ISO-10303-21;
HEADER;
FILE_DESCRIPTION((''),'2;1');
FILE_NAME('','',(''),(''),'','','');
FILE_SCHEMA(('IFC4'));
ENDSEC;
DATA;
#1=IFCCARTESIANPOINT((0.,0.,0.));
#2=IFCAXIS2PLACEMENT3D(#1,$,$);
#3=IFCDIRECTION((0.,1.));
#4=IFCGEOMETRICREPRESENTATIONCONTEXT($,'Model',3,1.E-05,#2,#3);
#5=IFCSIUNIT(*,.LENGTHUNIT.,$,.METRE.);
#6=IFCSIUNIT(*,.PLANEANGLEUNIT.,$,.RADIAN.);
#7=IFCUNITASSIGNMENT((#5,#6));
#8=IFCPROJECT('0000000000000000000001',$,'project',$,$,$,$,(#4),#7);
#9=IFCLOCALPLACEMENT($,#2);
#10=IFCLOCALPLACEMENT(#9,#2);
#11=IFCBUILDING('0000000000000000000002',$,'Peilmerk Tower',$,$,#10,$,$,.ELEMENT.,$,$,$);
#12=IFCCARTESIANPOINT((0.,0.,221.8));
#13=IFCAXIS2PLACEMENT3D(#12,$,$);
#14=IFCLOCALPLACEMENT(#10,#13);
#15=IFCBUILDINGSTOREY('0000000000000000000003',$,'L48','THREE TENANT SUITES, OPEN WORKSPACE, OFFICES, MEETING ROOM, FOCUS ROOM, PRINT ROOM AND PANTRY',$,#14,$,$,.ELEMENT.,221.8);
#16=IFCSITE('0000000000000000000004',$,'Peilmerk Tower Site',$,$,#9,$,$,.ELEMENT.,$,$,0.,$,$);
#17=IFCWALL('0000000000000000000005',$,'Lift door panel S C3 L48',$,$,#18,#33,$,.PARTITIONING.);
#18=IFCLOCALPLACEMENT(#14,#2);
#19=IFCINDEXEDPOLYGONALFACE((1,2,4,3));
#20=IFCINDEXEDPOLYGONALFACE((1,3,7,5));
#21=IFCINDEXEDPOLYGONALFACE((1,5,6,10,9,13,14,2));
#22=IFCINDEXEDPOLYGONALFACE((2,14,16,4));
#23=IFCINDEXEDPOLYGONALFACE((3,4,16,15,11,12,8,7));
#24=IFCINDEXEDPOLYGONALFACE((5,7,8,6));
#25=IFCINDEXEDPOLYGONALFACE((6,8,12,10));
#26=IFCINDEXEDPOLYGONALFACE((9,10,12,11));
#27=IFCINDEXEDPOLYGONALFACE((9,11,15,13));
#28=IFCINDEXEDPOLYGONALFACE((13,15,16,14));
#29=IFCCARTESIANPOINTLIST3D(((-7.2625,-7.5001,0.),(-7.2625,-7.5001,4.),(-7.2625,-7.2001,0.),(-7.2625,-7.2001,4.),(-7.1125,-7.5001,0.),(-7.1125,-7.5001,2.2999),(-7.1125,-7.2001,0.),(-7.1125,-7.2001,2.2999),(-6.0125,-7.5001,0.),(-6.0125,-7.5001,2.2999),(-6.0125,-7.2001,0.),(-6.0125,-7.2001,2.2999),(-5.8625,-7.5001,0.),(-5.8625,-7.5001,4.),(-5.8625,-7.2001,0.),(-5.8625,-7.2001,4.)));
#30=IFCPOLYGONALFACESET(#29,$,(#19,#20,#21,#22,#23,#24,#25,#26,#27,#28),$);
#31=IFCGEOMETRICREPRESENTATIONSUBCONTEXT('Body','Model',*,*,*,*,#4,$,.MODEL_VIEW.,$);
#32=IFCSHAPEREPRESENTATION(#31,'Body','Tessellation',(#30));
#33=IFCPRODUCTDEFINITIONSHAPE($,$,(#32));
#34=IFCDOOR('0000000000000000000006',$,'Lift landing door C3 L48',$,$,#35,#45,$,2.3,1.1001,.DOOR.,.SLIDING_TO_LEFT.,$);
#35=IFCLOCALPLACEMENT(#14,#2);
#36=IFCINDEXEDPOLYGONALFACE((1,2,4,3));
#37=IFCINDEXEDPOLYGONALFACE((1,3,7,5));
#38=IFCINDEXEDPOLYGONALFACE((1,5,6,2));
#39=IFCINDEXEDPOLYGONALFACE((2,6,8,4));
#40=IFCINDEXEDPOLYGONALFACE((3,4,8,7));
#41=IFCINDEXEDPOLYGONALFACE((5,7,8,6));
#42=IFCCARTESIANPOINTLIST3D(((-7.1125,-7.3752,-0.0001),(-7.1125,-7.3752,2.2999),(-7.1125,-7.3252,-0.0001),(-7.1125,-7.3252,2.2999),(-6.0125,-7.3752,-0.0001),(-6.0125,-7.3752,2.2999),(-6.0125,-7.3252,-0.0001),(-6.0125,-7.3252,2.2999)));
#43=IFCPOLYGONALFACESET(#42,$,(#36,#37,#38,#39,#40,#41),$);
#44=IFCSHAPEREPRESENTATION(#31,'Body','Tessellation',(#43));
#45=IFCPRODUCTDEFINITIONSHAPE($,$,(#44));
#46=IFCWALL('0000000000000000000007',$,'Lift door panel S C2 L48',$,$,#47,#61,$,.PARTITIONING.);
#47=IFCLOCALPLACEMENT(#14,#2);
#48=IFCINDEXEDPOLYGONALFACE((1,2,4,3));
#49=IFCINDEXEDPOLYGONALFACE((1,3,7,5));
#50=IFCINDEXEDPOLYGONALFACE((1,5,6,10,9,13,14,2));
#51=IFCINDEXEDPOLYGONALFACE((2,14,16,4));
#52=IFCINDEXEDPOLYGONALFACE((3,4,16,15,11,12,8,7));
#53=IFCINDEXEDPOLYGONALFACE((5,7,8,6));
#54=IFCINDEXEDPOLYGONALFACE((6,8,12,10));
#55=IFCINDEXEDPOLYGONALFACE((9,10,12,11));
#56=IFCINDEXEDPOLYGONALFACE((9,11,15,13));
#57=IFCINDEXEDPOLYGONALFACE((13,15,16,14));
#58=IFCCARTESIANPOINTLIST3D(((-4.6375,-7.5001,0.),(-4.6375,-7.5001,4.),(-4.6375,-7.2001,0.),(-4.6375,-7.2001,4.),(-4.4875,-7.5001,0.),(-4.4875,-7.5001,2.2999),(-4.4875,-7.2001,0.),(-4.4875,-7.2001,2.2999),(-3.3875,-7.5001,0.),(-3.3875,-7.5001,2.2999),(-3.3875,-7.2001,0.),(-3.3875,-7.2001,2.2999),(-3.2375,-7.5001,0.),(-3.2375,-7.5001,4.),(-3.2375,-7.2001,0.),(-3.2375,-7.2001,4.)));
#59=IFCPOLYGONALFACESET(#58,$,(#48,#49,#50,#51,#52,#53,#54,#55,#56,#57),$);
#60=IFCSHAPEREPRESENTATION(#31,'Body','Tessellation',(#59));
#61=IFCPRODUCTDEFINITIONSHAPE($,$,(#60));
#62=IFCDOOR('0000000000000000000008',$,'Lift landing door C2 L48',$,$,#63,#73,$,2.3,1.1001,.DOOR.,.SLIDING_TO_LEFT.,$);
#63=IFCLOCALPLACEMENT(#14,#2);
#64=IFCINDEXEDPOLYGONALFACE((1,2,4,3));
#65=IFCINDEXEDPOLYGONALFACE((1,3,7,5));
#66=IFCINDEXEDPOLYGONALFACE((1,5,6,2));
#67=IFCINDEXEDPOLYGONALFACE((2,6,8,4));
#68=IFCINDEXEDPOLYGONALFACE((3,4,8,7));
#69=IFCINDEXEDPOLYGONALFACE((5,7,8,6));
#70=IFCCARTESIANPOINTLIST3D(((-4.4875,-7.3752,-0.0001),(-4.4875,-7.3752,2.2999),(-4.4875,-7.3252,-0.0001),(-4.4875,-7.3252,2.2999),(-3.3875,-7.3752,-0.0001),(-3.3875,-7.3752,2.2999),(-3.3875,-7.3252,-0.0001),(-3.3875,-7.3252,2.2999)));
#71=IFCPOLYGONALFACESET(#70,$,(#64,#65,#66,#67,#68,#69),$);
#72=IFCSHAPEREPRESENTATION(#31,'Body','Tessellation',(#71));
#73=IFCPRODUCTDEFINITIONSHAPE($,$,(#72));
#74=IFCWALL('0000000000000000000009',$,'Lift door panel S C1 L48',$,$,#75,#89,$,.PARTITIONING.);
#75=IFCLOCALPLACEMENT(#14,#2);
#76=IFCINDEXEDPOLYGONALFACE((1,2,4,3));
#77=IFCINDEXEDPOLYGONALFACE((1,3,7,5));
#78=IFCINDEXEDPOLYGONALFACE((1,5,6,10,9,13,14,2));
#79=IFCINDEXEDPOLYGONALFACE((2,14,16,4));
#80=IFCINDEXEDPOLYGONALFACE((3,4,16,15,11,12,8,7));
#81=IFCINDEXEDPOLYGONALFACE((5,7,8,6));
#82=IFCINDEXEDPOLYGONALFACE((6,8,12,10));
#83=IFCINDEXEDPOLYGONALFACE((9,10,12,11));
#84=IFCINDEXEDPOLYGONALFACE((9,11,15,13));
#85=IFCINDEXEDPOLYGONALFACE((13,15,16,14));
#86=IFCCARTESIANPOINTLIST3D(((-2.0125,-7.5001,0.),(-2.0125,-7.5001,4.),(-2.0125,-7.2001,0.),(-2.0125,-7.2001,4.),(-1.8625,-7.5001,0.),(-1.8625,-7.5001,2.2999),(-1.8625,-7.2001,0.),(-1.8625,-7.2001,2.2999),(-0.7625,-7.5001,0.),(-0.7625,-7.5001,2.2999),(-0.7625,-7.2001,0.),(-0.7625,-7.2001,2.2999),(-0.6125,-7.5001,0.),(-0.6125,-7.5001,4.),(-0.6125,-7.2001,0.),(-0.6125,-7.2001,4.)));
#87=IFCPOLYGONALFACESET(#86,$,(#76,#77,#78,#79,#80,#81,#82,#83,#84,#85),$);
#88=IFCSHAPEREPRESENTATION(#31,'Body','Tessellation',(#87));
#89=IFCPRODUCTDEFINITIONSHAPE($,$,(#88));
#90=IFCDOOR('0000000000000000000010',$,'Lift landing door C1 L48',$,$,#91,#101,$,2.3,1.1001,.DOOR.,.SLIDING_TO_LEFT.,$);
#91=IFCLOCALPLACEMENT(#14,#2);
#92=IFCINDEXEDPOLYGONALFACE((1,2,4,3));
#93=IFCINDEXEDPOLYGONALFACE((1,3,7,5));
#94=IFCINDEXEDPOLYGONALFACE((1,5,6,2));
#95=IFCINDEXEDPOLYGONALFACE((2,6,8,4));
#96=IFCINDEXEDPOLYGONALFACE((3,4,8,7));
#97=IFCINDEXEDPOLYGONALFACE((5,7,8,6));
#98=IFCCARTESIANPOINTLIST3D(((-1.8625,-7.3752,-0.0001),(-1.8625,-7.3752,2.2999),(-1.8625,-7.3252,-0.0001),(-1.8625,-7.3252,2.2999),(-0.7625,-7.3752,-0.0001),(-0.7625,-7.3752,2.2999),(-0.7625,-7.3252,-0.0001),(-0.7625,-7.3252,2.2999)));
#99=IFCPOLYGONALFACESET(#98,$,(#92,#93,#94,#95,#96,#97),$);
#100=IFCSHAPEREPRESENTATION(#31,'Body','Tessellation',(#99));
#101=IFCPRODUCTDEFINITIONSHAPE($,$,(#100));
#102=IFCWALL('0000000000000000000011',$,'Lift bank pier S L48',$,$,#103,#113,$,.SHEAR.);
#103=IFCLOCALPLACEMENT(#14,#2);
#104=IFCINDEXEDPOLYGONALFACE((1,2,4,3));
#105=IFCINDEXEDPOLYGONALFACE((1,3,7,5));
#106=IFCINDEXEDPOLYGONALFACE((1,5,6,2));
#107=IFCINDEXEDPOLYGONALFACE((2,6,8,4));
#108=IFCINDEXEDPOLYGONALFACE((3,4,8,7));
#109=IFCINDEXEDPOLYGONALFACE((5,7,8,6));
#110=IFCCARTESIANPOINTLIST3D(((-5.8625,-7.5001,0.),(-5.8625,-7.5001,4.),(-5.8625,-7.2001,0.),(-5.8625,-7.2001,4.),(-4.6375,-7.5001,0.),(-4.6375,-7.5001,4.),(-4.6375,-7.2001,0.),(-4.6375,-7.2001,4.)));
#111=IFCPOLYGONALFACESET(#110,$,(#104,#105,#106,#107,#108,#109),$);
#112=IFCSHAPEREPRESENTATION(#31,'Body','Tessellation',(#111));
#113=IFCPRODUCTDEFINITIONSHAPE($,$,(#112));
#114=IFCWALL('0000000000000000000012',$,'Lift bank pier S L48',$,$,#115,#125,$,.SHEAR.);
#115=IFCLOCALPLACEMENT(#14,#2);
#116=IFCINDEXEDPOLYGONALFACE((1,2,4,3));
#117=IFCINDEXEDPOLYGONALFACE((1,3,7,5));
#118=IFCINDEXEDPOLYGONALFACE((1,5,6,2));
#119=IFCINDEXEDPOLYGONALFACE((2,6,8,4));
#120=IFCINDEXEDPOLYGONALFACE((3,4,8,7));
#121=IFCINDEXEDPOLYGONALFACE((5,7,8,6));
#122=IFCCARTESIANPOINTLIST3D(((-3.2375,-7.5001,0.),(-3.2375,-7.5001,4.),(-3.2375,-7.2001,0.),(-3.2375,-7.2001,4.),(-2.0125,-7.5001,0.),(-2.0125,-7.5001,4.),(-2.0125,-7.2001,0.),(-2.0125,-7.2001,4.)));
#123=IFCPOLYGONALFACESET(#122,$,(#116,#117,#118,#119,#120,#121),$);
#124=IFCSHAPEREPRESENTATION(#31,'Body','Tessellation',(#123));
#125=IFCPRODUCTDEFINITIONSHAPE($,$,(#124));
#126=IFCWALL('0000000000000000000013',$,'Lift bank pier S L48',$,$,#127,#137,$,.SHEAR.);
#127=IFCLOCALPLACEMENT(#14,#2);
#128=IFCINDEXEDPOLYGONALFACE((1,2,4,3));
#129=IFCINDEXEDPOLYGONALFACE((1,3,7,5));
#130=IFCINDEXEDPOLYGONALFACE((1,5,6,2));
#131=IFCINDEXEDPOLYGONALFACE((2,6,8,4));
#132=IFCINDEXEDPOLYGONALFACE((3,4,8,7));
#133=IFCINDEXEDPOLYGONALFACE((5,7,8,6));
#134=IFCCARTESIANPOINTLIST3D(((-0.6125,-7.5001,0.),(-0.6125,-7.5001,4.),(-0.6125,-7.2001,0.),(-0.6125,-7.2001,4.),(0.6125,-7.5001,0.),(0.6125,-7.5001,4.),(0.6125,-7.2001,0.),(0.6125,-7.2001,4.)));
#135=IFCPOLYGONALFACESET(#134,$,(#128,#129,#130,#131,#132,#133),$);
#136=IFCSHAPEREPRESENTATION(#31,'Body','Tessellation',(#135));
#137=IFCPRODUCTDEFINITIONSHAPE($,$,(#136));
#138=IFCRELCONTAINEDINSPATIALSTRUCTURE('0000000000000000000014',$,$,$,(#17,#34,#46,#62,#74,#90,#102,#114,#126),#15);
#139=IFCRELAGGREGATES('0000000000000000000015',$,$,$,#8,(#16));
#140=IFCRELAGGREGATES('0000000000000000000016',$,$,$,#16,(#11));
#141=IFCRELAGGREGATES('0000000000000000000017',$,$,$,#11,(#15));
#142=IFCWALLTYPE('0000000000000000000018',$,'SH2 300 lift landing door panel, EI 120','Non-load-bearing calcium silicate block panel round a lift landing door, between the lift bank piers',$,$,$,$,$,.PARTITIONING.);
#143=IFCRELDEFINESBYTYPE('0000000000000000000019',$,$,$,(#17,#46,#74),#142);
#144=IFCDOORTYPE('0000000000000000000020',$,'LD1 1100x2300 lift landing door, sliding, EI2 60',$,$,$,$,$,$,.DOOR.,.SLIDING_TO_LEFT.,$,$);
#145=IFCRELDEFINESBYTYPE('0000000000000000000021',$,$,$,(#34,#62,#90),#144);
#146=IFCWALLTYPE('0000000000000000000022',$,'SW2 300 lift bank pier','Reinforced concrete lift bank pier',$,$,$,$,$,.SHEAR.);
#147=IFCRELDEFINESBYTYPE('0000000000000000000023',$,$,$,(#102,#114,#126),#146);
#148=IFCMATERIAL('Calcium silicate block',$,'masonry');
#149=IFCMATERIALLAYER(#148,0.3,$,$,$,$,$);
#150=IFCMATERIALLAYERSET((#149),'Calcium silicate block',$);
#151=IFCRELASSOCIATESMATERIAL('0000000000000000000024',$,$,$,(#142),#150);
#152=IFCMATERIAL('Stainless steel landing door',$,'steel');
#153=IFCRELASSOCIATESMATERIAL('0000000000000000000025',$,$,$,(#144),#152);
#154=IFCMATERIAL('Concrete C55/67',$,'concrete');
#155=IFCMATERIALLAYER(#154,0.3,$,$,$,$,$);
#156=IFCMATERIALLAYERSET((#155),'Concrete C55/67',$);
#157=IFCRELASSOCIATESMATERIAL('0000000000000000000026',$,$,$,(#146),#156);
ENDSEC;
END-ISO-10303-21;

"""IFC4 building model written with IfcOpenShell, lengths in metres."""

from ifc_helpers import new_model, si_unit, direction, frame, frame_2d, origin, place, context, subcontext, project, spatial, rectangle, extrude, material, layer, layer_set, type_object, element, fill, save


model = new_model("IFC4")

# Units and contexts
model_context = context("Model", 3, precision=1e-05, world=origin(), true_north=direction((0.0, 1.0)))
body_context = subcontext(model_context, "Body", "Model", "MODEL_VIEW")
ifc_project = project(units=[si_unit("LENGTHUNIT", "METRE"), si_unit("PLANEANGLEUNIT", "RADIAN")], contexts=[model_context])

# Site, building, storey
site_placement = place(None, origin())
site = spatial("IfcSite", under=ifc_project, at=site_placement, Name="Peilmerk Tower Site", CompositionType="ELEMENT", RefElevation=0.0)
building_placement = place(site_placement, origin())
building = spatial("IfcBuilding", under=site, at=building_placement, Name="Peilmerk Tower", CompositionType="ELEMENT")
storey_placement = place(building_placement, frame((0.0, 0.0, 221.8)))
storey = spatial("IfcBuildingStorey", under=building, at=storey_placement, Name="L48", Description="THREE TENANT SUITES, OPEN WORKSPACE, OFFICES, MEETING ROOM, FOCUS ROOM, PRINT ROOM AND PANTRY", CompositionType="ELEMENT", Elevation=221.8)

# Shared definitions
ifc_material_1 = material(Name="Calcium silicate block", Category="masonry")

# Walls, openings, doors
ifc_layer_1 = layer(ifc_material_1, 0.3)
ifc_layer_set_1 = layer_set([ifc_layer_1], Name="Calcium silicate block")
wall_type_1 = type_object("IfcWallType", Name="SH2 300 lift landing door panel, EI 120", Description="Non-load-bearing calcium silicate block panel round a lift landing door, between the lift bank piers", PredefinedType="PARTITIONING", material=ifc_layer_set_1)
wall_1_placement = place(storey_placement, frame((-7.2625, -7.3501, 0.0), z_axis=(0.0, 0.0, 1.0), x_axis=(1.0, 0.0, 0.0)))
wall_1 = element("IfcWall", 1, at=wall_1_placement, inside=storey, type_object=wall_type_1, Name="Lift door panel S C3 L48", PredefinedType="PARTITIONING", context=body_context, shape_type="SweptSolid", body=[
    extrude(rectangle(XDim=1.3999, YDim=0.3, at=frame_2d((0.7, 0.0))), origin(), (0.0, 0.0, 1.0), 4.0),
])
opening_1_placement = place(wall_1_placement, frame((0.1499, 0.0, 0.0)))
opening_1 = element("IfcOpeningElement", 2, at=opening_1_placement, cuts=wall_1, PredefinedType="OPENING", context=body_context, shape_type="SweptSolid", body=[
    extrude(rectangle(XDim=1.1001, YDim=2.3, at=frame_2d((0.55, 1.1499))), frame((0.0, 0.1599, 0.0), z_axis=(0.0, -1.0, 0.0), x_axis=(1.0, 0.0, 0.0)), (0.0, 0.0, 1.0), 0.3201),
])
ifc_material_2 = material(Name="Stainless steel landing door", Category="steel")
door_type = type_object("IfcDoorType", Name="LD1 1100x2300 lift landing door, sliding, EI2 60", OperationType="SLIDING_TO_LEFT", PredefinedType="DOOR", material=ifc_material_2)
door_1_placement = place(opening_1_placement, origin())
door_1 = element("IfcDoor", 3, at=door_1_placement, inside=storey, type_object=door_type, Name="Lift landing door C3 L48", OperationType="SLIDING_TO_LEFT", OverallHeight=2.3, OverallWidth=1.1001, PredefinedType="DOOR", context=body_context, shape_type="SweptSolid", body=[
    extrude(rectangle(XDim=1.1001, YDim=2.3, at=frame_2d((0.55, 1.1499))), frame((0.0, 0.0249, 0.0), z_axis=(0.0, -1.0, 0.0), x_axis=(1.0, 0.0, 0.0)), (0.0, 0.0, 1.0), 0.05),
])
fill(opening_1, door_1)
wall_2_placement = place(storey_placement, frame((-4.6375, -7.3501, 0.0), z_axis=(0.0, 0.0, 1.0), x_axis=(1.0, 0.0, 0.0)))
wall_2 = element("IfcWall", 4, at=wall_2_placement, inside=storey, type_object=wall_type_1, Name="Lift door panel S C2 L48", PredefinedType="PARTITIONING", context=body_context, shape_type="SweptSolid", body=[
    extrude(rectangle(XDim=1.3999, YDim=0.3, at=frame_2d((0.7, 0.0))), origin(), (0.0, 0.0, 1.0), 4.0),
])
opening_2_placement = place(wall_2_placement, frame((0.1499, 0.0, 0.0)))
opening_2 = element("IfcOpeningElement", 5, at=opening_2_placement, cuts=wall_2, PredefinedType="OPENING", context=body_context, shape_type="SweptSolid", body=[
    extrude(rectangle(XDim=1.1001, YDim=2.3, at=frame_2d((0.55, 1.1499))), frame((0.0, 0.1599, 0.0), z_axis=(0.0, -1.0, 0.0), x_axis=(1.0, 0.0, 0.0)), (0.0, 0.0, 1.0), 0.3201),
])
door_2_placement = place(opening_2_placement, origin())
door_2 = element("IfcDoor", 6, at=door_2_placement, inside=storey, type_object=door_type, Name="Lift landing door C2 L48", OperationType="SLIDING_TO_LEFT", OverallHeight=2.3, OverallWidth=1.1001, PredefinedType="DOOR", context=body_context, shape_type="SweptSolid", body=[
    extrude(rectangle(XDim=1.1001, YDim=2.3, at=frame_2d((0.55, 1.1499))), frame((0.0, 0.0249, 0.0), z_axis=(0.0, -1.0, 0.0), x_axis=(1.0, 0.0, 0.0)), (0.0, 0.0, 1.0), 0.05),
])
fill(opening_2, door_2)
wall_3_placement = place(storey_placement, frame((-2.0125, -7.3501, 0.0), z_axis=(0.0, 0.0, 1.0), x_axis=(1.0, 0.0, 0.0)))
wall_3 = element("IfcWall", 7, at=wall_3_placement, inside=storey, type_object=wall_type_1, Name="Lift door panel S C1 L48", PredefinedType="PARTITIONING", context=body_context, shape_type="SweptSolid", body=[
    extrude(rectangle(XDim=1.3999, YDim=0.3, at=frame_2d((0.7, 0.0))), origin(), (0.0, 0.0, 1.0), 4.0),
])
opening_3_placement = place(wall_3_placement, frame((0.1499, 0.0, 0.0)))
opening_3 = element("IfcOpeningElement", 8, at=opening_3_placement, cuts=wall_3, PredefinedType="OPENING", context=body_context, shape_type="SweptSolid", body=[
    extrude(rectangle(XDim=1.1001, YDim=2.3, at=frame_2d((0.55, 1.1499))), frame((0.0, 0.1599, 0.0), z_axis=(0.0, -1.0, 0.0), x_axis=(1.0, 0.0, 0.0)), (0.0, 0.0, 1.0), 0.3201),
])
door_3_placement = place(opening_3_placement, origin())
door_3 = element("IfcDoor", 9, at=door_3_placement, inside=storey, type_object=door_type, Name="Lift landing door C1 L48", OperationType="SLIDING_TO_LEFT", OverallHeight=2.3, OverallWidth=1.1001, PredefinedType="DOOR", context=body_context, shape_type="SweptSolid", body=[
    extrude(rectangle(XDim=1.1001, YDim=2.3, at=frame_2d((0.55, 1.1499))), frame((0.0, 0.0249, 0.0), z_axis=(0.0, -1.0, 0.0), x_axis=(1.0, 0.0, 0.0)), (0.0, 0.0, 1.0), 0.05),
])
fill(opening_3, door_3)

# Walls
ifc_material_3 = material(Name="Concrete C55/67", Category="concrete")
ifc_layer_2 = layer(ifc_material_3, 0.3)
ifc_layer_set_2 = layer_set([ifc_layer_2], Name="Concrete C55/67")
wall_type_2 = type_object("IfcWallType", Name="SW2 300 lift bank pier", Description="Reinforced concrete lift bank pier", PredefinedType="SHEAR", material=ifc_layer_set_2)
for number, where, z_axis, x_axis, name in (
    (10, (-5.8625, -7.3501, 0.0), (0.0, 0.0, 1.0), (1.0, 0.0, 0.0), "Lift bank pier S L48"),
    (11, (-3.2375, -7.3501, 0.0), (0.0, 0.0, 1.0), (1.0, 0.0, 0.0), "Lift bank pier S L48"),
    (12, (-0.6125, -7.3501, 0.0), (0.0, 0.0, 1.0), (1.0, 0.0, 0.0), "Lift bank pier S L48"),
):
    element("IfcWall", number, at=place(storey_placement, frame(where, z_axis=z_axis, x_axis=x_axis)), inside=storey, type_object=wall_type_2, Name=name, PredefinedType="SHEAR", context=body_context, shape_type="SweptSolid", body=[
        extrude(rectangle(XDim=1.2251, YDim=0.3, at=frame_2d((0.6125, 0.0))), origin(), (0.0, 0.0, 1.0), 4.0),
    ])

save(model, "model.ifc")
